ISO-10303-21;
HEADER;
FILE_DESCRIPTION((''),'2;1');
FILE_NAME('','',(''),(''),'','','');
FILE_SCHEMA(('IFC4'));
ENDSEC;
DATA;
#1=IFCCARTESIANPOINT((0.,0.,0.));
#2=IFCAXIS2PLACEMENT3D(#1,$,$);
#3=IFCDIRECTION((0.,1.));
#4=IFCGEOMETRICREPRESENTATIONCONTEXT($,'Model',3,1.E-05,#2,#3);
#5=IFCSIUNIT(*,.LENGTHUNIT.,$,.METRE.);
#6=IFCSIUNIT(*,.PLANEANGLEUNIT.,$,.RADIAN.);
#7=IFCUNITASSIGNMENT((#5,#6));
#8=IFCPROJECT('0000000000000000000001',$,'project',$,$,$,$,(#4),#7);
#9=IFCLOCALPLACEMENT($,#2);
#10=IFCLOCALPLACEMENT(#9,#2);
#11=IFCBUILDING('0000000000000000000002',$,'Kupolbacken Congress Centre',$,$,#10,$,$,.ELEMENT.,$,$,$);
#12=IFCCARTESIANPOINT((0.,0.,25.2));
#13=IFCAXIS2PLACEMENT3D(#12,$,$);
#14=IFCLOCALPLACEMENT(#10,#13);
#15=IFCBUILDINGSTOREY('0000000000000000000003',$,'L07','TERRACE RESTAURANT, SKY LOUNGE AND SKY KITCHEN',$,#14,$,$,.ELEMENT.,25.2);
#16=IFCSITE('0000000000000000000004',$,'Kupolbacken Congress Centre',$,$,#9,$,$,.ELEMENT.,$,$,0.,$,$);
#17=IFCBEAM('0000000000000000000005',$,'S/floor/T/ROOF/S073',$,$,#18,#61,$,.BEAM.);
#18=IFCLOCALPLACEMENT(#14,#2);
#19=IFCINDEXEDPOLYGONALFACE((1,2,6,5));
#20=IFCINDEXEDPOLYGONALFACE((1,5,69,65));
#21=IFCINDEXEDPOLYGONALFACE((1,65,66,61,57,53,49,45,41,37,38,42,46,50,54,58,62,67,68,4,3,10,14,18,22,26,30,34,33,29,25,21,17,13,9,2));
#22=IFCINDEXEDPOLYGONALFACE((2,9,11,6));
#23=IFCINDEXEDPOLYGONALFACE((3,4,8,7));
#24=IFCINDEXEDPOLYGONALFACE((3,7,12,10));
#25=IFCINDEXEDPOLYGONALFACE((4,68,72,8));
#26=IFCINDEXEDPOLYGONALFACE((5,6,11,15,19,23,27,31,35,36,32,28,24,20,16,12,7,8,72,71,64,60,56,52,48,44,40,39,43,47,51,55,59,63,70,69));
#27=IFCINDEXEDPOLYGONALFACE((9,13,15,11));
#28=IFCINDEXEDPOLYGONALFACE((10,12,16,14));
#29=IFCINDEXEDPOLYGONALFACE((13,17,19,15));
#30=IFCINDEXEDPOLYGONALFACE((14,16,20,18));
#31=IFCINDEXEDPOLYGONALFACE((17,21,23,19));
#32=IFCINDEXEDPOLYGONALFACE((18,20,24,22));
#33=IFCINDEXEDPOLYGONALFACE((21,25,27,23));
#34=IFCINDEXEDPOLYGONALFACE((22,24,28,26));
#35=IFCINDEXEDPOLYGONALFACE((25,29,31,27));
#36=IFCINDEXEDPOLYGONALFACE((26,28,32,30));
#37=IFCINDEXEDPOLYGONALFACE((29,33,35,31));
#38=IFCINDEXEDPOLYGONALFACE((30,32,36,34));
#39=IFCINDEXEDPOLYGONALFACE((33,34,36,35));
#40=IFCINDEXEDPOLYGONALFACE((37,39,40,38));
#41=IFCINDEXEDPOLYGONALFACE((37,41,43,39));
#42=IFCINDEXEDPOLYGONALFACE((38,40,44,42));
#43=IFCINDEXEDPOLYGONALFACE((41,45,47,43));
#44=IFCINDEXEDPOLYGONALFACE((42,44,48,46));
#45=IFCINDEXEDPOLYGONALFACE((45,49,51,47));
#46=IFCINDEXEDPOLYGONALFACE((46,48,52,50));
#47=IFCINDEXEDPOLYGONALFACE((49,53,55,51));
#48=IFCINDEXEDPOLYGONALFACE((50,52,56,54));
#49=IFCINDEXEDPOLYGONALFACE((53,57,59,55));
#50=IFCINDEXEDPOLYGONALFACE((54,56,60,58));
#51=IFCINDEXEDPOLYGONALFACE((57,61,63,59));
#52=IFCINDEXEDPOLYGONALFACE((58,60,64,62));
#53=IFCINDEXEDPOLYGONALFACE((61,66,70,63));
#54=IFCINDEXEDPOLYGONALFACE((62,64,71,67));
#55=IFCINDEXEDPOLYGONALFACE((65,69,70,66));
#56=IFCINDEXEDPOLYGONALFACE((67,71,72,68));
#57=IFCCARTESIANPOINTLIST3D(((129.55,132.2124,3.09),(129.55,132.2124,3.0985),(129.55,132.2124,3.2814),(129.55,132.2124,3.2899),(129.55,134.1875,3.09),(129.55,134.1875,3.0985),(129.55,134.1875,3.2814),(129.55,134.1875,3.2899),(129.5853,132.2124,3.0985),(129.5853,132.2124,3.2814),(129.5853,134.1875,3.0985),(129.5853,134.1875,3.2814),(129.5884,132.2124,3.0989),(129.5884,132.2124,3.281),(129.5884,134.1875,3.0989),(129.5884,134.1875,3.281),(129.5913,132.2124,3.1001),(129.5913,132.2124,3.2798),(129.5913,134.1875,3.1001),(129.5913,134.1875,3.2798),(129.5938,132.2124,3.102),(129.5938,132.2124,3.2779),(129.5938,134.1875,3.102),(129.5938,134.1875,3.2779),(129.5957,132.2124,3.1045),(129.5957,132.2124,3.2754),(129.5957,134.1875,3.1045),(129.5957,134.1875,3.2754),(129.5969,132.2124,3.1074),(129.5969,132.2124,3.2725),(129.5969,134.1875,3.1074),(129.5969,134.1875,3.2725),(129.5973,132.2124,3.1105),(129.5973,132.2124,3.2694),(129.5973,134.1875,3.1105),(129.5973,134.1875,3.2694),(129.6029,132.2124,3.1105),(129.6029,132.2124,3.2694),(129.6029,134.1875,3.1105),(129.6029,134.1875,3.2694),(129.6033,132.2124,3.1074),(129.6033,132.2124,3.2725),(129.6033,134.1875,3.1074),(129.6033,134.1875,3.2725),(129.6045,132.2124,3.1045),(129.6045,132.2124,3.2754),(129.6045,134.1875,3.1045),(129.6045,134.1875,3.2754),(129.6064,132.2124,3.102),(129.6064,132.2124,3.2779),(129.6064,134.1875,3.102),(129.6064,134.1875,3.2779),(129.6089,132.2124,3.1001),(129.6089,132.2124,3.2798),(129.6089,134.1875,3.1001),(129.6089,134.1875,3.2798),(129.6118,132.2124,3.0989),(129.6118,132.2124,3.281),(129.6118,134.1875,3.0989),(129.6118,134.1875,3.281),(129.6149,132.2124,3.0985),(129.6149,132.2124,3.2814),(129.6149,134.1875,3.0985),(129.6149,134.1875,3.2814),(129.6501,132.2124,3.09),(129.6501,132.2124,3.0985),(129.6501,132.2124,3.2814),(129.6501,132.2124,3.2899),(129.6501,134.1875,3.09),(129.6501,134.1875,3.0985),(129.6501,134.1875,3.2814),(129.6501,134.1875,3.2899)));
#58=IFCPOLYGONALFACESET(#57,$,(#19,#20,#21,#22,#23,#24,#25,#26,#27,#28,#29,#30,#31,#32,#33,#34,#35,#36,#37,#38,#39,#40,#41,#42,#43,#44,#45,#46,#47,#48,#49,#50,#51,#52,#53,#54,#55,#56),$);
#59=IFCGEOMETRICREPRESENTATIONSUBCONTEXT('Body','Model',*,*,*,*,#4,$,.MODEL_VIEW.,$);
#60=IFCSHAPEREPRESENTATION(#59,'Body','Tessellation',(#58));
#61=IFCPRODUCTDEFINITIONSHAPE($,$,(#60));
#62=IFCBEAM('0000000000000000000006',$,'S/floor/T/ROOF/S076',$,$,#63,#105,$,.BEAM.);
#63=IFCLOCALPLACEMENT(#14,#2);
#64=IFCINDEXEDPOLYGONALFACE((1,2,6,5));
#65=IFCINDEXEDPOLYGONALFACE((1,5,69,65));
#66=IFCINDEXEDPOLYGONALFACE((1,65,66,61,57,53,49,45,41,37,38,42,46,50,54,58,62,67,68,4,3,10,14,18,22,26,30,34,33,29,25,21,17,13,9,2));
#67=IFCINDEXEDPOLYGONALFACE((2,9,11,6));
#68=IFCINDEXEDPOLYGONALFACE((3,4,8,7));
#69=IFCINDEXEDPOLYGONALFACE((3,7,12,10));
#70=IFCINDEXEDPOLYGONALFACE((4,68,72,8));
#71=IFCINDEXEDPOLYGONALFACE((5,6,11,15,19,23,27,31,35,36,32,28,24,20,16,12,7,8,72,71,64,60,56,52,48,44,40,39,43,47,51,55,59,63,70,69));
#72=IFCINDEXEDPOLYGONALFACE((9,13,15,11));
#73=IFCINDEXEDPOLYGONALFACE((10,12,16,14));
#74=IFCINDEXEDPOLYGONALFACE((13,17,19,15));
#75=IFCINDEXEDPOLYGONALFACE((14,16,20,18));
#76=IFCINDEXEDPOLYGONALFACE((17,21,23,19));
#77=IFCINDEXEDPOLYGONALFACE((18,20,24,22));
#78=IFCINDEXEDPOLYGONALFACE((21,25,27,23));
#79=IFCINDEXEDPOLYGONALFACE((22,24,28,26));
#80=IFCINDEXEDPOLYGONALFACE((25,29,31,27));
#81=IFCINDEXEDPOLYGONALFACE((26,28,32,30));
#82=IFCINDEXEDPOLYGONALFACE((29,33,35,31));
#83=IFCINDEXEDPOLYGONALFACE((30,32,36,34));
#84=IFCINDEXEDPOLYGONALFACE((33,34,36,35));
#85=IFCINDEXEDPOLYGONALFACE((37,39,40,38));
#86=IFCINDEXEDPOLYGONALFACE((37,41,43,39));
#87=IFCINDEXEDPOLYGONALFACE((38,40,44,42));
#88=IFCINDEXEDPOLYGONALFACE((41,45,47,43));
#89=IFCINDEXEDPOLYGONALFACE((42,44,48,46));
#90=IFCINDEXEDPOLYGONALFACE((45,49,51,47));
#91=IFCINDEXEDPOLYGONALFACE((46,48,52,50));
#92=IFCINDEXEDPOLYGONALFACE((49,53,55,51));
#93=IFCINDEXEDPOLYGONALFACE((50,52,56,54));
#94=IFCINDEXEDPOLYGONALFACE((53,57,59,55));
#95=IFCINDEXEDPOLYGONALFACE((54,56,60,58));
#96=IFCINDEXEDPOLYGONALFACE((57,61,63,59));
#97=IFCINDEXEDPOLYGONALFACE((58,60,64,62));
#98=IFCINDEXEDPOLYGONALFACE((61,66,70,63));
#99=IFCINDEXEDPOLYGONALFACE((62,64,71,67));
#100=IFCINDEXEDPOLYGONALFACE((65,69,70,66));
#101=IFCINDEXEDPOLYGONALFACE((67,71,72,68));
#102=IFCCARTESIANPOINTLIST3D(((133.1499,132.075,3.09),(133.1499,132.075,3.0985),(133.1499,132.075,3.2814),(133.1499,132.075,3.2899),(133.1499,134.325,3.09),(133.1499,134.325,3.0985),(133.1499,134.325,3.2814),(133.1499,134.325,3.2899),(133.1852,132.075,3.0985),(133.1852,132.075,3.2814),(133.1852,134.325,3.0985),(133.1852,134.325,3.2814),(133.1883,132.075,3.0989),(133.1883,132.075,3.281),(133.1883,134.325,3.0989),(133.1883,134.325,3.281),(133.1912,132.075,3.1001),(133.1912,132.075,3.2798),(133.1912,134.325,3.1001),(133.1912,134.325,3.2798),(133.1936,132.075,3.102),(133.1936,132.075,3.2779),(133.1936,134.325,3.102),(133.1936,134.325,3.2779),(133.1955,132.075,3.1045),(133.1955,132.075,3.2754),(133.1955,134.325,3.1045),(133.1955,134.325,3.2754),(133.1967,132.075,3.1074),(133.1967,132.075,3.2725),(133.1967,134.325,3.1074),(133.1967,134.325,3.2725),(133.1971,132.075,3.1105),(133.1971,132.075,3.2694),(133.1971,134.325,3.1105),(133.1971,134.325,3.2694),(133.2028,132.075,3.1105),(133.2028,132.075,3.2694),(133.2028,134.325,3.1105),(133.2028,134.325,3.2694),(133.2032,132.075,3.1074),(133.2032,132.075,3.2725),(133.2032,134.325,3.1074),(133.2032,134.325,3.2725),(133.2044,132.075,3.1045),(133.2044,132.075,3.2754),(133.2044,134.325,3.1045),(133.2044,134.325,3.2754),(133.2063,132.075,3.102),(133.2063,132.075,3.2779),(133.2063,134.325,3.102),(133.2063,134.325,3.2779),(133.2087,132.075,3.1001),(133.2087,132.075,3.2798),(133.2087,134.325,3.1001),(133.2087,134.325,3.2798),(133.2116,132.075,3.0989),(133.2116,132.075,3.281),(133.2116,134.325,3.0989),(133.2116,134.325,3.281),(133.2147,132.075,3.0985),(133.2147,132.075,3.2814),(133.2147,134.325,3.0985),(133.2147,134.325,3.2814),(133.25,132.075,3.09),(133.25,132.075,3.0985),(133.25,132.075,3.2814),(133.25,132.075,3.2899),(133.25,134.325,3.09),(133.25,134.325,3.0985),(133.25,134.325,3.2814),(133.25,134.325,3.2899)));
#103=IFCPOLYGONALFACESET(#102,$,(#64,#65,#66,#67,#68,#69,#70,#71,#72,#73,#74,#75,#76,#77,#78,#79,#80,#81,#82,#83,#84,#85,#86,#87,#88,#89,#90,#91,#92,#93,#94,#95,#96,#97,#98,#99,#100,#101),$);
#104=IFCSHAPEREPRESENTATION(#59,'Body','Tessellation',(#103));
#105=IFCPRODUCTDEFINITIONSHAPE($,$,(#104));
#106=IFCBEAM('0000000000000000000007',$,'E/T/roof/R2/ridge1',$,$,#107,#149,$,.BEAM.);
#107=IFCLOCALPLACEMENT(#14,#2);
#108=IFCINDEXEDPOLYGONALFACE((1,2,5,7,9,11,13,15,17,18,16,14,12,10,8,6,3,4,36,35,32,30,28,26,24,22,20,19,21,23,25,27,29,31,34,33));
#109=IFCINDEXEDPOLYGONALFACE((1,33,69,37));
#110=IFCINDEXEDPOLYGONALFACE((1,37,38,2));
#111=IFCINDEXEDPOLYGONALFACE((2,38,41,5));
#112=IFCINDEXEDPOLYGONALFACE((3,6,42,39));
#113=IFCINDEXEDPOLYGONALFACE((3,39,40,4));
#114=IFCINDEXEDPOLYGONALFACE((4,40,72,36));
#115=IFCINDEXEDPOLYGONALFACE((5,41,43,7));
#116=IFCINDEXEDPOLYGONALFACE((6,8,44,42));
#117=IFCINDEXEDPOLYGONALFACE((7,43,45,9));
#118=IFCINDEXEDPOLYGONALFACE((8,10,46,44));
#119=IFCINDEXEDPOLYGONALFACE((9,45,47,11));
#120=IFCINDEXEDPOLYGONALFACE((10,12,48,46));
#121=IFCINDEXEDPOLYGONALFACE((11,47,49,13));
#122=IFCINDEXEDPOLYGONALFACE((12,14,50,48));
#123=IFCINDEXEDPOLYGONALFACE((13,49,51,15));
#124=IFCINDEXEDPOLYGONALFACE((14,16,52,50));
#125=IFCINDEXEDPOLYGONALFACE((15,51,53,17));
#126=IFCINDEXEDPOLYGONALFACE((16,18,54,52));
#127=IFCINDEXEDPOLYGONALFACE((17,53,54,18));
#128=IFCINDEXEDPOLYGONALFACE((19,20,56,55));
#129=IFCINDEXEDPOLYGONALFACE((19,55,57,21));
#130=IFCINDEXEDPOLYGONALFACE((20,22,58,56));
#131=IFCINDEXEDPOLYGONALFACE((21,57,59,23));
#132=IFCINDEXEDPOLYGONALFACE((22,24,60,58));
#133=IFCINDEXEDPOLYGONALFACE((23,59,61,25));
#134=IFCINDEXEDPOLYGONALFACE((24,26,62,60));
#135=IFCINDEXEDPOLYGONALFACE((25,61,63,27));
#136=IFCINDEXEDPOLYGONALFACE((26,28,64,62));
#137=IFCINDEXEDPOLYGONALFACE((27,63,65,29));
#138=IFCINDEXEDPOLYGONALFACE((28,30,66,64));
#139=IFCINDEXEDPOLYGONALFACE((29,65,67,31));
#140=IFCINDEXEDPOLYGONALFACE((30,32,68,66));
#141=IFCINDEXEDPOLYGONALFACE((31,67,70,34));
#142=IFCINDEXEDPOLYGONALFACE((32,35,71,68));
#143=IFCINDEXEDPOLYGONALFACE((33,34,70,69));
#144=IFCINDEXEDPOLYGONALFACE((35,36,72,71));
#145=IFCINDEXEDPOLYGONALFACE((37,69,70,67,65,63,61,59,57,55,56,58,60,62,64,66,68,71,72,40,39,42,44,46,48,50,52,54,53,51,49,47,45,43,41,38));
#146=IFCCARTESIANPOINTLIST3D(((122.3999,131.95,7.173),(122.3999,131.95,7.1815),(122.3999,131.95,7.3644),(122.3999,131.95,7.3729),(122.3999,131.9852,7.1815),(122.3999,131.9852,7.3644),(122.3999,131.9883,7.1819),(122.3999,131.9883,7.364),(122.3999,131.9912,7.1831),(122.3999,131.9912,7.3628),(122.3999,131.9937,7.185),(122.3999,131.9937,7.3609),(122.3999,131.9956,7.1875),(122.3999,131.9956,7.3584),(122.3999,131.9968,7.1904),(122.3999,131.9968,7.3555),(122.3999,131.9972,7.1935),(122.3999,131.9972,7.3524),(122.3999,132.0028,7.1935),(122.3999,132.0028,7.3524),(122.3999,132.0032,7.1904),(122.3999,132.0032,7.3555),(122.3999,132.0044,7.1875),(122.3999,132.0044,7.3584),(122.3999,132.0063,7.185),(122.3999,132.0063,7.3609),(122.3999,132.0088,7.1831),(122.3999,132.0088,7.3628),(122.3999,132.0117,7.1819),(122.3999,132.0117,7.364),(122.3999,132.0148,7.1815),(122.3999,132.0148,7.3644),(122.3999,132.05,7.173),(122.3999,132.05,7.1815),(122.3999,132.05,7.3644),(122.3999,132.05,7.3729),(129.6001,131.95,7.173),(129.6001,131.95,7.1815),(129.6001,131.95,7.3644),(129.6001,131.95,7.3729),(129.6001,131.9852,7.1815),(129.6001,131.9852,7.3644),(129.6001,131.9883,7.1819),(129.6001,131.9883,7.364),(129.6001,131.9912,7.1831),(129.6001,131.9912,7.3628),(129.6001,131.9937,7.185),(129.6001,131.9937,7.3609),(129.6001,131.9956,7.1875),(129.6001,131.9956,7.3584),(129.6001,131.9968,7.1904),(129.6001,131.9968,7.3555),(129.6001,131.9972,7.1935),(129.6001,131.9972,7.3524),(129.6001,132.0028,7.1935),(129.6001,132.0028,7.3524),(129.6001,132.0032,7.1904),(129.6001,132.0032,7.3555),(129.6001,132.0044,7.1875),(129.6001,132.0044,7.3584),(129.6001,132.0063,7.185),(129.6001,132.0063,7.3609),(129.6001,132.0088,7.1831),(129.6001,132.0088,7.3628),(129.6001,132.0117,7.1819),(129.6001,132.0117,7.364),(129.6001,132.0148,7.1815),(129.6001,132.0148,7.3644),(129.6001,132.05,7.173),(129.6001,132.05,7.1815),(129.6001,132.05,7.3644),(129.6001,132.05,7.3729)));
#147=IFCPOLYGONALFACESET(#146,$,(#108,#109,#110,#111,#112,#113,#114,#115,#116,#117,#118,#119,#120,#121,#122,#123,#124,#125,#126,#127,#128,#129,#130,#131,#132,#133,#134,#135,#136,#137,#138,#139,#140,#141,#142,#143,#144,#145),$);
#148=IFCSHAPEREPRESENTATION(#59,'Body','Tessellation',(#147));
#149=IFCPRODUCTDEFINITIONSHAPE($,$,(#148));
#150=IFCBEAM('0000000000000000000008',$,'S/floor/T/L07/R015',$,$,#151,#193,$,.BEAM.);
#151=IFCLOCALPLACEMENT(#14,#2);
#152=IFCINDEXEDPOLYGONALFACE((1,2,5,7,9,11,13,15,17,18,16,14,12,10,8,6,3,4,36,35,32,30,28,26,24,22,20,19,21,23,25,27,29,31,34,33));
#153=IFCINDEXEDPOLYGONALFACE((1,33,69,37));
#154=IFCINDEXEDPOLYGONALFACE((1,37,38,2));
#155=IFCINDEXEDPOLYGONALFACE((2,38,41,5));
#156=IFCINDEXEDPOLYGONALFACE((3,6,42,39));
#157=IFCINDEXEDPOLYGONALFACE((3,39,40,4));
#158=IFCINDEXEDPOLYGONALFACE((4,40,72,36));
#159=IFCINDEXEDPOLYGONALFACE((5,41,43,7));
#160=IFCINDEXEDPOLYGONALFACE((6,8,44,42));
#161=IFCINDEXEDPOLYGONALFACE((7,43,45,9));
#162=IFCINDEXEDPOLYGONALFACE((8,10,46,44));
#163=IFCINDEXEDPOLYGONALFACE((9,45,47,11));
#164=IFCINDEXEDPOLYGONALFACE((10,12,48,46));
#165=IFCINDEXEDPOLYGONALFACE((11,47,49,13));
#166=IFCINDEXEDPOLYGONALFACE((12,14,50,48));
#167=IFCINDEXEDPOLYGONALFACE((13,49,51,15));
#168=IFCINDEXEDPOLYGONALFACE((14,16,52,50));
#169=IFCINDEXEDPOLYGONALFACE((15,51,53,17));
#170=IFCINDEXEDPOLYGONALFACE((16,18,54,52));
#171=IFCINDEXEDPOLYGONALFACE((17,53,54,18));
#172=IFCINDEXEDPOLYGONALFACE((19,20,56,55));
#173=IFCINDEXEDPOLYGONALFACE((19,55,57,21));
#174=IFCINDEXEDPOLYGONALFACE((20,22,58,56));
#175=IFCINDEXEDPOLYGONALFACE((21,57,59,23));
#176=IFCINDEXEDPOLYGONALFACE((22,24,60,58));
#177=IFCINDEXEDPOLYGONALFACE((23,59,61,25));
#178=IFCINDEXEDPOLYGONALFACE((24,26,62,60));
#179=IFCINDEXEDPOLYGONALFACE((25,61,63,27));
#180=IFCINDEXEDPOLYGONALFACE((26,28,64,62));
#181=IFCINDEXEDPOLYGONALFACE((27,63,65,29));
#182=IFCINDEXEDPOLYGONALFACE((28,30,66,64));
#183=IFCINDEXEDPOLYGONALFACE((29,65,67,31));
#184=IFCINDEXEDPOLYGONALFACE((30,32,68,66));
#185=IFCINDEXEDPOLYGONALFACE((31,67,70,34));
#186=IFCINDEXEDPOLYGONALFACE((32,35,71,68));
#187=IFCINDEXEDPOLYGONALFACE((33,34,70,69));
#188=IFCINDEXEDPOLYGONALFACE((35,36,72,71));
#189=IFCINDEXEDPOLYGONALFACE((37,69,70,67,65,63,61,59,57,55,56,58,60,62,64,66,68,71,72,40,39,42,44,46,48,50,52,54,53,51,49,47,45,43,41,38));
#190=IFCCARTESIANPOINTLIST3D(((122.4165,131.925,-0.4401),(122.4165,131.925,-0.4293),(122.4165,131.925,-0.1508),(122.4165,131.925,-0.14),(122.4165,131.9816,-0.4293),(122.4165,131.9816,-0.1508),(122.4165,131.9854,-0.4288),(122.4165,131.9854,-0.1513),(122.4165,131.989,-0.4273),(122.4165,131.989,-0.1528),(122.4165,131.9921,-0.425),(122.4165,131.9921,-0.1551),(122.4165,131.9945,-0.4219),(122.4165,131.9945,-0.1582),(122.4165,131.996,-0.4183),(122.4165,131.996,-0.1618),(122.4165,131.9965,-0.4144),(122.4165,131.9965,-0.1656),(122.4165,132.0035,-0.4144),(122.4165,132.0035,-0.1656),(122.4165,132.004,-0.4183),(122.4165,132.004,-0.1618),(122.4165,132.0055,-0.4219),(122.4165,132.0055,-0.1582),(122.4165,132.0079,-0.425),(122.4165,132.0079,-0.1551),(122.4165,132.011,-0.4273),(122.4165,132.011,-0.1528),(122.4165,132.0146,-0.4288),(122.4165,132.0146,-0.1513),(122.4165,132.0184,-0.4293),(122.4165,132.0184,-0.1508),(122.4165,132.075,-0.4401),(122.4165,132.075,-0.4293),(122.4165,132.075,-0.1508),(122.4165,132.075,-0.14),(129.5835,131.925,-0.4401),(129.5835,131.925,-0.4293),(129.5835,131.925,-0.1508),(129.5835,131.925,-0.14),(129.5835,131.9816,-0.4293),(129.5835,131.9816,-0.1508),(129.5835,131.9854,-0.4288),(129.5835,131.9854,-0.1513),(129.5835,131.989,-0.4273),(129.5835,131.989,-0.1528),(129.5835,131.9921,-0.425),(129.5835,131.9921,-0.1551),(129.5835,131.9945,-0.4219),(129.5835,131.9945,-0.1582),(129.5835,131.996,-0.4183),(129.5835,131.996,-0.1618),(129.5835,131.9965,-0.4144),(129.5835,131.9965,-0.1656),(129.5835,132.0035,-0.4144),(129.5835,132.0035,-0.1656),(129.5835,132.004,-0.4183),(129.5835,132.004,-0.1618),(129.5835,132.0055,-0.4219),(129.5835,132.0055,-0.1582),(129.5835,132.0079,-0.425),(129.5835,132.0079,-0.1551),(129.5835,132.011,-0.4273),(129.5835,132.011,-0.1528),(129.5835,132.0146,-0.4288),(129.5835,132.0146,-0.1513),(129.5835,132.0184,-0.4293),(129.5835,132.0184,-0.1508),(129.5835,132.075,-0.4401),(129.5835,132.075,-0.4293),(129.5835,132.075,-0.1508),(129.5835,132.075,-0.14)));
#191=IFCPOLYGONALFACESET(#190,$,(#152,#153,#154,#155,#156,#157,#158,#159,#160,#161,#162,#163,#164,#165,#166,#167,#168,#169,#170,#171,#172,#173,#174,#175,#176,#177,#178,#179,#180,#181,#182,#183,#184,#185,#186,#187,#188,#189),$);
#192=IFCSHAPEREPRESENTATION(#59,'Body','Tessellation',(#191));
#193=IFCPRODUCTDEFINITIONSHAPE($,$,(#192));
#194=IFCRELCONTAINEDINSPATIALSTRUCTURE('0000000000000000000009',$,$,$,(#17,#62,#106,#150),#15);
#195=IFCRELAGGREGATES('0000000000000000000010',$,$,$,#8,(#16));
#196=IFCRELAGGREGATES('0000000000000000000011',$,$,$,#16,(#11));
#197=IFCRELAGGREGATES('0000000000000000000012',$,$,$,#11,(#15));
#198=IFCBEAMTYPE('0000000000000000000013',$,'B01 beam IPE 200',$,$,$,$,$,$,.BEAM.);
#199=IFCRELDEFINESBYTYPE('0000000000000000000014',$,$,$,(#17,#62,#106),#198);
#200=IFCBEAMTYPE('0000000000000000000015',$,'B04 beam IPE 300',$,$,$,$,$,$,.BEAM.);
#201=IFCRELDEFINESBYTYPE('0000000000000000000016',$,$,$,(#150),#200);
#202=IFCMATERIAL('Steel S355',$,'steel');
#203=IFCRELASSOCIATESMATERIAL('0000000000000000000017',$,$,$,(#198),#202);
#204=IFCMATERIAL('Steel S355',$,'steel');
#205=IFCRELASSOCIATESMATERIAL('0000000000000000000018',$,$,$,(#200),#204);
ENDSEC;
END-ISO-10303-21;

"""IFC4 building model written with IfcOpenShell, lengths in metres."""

from ifc_helpers import new_model, si_unit, direction, frame, origin, origin_2d, place, context, subcontext, project, spatial, i_section, extrude, material, material_profile, profile_set, type_object, element, save


model = new_model("IFC4")

# Units and contexts
model_context = context("Model", 3, precision=1e-05, world=origin(), true_north=direction((0.0, 1.0)))
body_context = subcontext(model_context, "Body", "Model", "MODEL_VIEW")
ifc_project = project(units=[si_unit("LENGTHUNIT", "METRE"), si_unit("PLANEANGLEUNIT", "RADIAN")], contexts=[model_context])

# Site, building, storey
site_placement = place(None, origin())
site = spatial("IfcSite", under=ifc_project, at=site_placement, Name="Kupolbacken Congress Centre", CompositionType="ELEMENT", RefElevation=0.0)
building_placement = place(site_placement, origin())
building = spatial("IfcBuilding", under=site, at=building_placement, Name="Kupolbacken Congress Centre", CompositionType="ELEMENT")
storey_placement = place(building_placement, frame((0.0, 0.0, 25.2)))
storey = spatial("IfcBuildingStorey", under=building, at=storey_placement, Name="L07", Description="TERRACE RESTAURANT, SKY LOUNGE AND SKY KITCHEN", CompositionType="ELEMENT", Elevation=25.2)

# Beams
ifc_material_1 = material(Name="Steel S355", Category="steel")
ifc_material_profile_1 = material_profile(ifc_material_1, i_section(OverallWidth=0.1001, OverallDepth=0.2, WebThickness=0.0056, FlangeThickness=0.0085, FilletRadius=0.012, at=origin_2d()), Name="IPE 200")
ifc_profile_set_1 = profile_set([ifc_material_profile_1], Name="Steel S355")
beam_type_1 = type_object("IfcBeamType", Name="B01 beam IPE 200", PredefinedType="BEAM", material=ifc_profile_set_1)
beam_1_placement = place(storey_placement, frame((129.6001, 132.2124, 3.1899), z_axis=(0.0, 1.0, 0.0), x_axis=(-1.0, 0.0, 0.0)))
element("IfcBeam", 1, at=beam_1_placement, inside=storey, type_object=beam_type_1, Name="S/floor/T/ROOF/S073", PredefinedType="BEAM", context=body_context, shape_type="SweptSolid", body=[
    extrude(i_section(OverallWidth=0.1001, OverallDepth=0.2, WebThickness=0.0056, FlangeThickness=0.0085, FilletRadius=0.012, at=origin_2d()), origin(), (0.0, 0.0, 1.0), 1.9751),
])
beam_2_placement = place(storey_placement, frame((133.2, 132.075, 3.1899), z_axis=(0.0, 1.0, 0.0), x_axis=(-1.0, 0.0, 0.0)))
element("IfcBeam", 2, at=beam_2_placement, inside=storey, type_object=beam_type_1, Name="S/floor/T/ROOF/S076", PredefinedType="BEAM", context=body_context, shape_type="SweptSolid", body=[
    extrude(i_section(OverallWidth=0.1001, OverallDepth=0.2, WebThickness=0.0056, FlangeThickness=0.0085, FilletRadius=0.012, at=origin_2d()), origin(), (0.0, 0.0, 1.0), 2.25),
])
beam_3_placement = place(storey_placement, frame((122.3999, 132.0, 7.2729), z_axis=(1.0, 0.0, 0.0), x_axis=(0.0, 1.0, 0.0)))
element("IfcBeam", 3, at=beam_3_placement, inside=storey, type_object=beam_type_1, Name="E/T/roof/R2/ridge1", PredefinedType="BEAM", context=body_context, shape_type="SweptSolid", body=[
    extrude(i_section(OverallWidth=0.1001, OverallDepth=0.2, WebThickness=0.0056, FlangeThickness=0.0085, FilletRadius=0.012, at=origin_2d()), origin(), (0.0, 0.0, 1.0), 7.2002),
])
ifc_material_2 = material(Name="Steel S355", Category="steel")
ifc_material_profile_2 = material_profile(ifc_material_2, i_section(OverallWidth=0.1499, OverallDepth=0.3, WebThickness=0.0071, FlangeThickness=0.0107, FilletRadius=0.0149, at=origin_2d()), Name="IPE 300")
ifc_profile_set_2 = profile_set([ifc_material_profile_2], Name="Steel S355")
beam_type_2 = type_object("IfcBeamType", Name="B04 beam IPE 300", PredefinedType="BEAM", material=ifc_profile_set_2)
beam_4_placement = place(storey_placement, frame((122.4165, 132.0, -0.29), z_axis=(1.0, 0.0, 0.0), x_axis=(0.0, 1.0, 0.0)))
element("IfcBeam", 4, at=beam_4_placement, inside=storey, type_object=beam_type_2, Name="S/floor/T/L07/R015", PredefinedType="BEAM", context=body_context, shape_type="SweptSolid", body=[
    extrude(i_section(OverallWidth=0.1499, OverallDepth=0.3, WebThickness=0.0071, FlangeThickness=0.0107, FilletRadius=0.0149, at=origin_2d()), origin(), (0.0, 0.0, 1.0), 7.167),
])

save(model, "model.ifc")
